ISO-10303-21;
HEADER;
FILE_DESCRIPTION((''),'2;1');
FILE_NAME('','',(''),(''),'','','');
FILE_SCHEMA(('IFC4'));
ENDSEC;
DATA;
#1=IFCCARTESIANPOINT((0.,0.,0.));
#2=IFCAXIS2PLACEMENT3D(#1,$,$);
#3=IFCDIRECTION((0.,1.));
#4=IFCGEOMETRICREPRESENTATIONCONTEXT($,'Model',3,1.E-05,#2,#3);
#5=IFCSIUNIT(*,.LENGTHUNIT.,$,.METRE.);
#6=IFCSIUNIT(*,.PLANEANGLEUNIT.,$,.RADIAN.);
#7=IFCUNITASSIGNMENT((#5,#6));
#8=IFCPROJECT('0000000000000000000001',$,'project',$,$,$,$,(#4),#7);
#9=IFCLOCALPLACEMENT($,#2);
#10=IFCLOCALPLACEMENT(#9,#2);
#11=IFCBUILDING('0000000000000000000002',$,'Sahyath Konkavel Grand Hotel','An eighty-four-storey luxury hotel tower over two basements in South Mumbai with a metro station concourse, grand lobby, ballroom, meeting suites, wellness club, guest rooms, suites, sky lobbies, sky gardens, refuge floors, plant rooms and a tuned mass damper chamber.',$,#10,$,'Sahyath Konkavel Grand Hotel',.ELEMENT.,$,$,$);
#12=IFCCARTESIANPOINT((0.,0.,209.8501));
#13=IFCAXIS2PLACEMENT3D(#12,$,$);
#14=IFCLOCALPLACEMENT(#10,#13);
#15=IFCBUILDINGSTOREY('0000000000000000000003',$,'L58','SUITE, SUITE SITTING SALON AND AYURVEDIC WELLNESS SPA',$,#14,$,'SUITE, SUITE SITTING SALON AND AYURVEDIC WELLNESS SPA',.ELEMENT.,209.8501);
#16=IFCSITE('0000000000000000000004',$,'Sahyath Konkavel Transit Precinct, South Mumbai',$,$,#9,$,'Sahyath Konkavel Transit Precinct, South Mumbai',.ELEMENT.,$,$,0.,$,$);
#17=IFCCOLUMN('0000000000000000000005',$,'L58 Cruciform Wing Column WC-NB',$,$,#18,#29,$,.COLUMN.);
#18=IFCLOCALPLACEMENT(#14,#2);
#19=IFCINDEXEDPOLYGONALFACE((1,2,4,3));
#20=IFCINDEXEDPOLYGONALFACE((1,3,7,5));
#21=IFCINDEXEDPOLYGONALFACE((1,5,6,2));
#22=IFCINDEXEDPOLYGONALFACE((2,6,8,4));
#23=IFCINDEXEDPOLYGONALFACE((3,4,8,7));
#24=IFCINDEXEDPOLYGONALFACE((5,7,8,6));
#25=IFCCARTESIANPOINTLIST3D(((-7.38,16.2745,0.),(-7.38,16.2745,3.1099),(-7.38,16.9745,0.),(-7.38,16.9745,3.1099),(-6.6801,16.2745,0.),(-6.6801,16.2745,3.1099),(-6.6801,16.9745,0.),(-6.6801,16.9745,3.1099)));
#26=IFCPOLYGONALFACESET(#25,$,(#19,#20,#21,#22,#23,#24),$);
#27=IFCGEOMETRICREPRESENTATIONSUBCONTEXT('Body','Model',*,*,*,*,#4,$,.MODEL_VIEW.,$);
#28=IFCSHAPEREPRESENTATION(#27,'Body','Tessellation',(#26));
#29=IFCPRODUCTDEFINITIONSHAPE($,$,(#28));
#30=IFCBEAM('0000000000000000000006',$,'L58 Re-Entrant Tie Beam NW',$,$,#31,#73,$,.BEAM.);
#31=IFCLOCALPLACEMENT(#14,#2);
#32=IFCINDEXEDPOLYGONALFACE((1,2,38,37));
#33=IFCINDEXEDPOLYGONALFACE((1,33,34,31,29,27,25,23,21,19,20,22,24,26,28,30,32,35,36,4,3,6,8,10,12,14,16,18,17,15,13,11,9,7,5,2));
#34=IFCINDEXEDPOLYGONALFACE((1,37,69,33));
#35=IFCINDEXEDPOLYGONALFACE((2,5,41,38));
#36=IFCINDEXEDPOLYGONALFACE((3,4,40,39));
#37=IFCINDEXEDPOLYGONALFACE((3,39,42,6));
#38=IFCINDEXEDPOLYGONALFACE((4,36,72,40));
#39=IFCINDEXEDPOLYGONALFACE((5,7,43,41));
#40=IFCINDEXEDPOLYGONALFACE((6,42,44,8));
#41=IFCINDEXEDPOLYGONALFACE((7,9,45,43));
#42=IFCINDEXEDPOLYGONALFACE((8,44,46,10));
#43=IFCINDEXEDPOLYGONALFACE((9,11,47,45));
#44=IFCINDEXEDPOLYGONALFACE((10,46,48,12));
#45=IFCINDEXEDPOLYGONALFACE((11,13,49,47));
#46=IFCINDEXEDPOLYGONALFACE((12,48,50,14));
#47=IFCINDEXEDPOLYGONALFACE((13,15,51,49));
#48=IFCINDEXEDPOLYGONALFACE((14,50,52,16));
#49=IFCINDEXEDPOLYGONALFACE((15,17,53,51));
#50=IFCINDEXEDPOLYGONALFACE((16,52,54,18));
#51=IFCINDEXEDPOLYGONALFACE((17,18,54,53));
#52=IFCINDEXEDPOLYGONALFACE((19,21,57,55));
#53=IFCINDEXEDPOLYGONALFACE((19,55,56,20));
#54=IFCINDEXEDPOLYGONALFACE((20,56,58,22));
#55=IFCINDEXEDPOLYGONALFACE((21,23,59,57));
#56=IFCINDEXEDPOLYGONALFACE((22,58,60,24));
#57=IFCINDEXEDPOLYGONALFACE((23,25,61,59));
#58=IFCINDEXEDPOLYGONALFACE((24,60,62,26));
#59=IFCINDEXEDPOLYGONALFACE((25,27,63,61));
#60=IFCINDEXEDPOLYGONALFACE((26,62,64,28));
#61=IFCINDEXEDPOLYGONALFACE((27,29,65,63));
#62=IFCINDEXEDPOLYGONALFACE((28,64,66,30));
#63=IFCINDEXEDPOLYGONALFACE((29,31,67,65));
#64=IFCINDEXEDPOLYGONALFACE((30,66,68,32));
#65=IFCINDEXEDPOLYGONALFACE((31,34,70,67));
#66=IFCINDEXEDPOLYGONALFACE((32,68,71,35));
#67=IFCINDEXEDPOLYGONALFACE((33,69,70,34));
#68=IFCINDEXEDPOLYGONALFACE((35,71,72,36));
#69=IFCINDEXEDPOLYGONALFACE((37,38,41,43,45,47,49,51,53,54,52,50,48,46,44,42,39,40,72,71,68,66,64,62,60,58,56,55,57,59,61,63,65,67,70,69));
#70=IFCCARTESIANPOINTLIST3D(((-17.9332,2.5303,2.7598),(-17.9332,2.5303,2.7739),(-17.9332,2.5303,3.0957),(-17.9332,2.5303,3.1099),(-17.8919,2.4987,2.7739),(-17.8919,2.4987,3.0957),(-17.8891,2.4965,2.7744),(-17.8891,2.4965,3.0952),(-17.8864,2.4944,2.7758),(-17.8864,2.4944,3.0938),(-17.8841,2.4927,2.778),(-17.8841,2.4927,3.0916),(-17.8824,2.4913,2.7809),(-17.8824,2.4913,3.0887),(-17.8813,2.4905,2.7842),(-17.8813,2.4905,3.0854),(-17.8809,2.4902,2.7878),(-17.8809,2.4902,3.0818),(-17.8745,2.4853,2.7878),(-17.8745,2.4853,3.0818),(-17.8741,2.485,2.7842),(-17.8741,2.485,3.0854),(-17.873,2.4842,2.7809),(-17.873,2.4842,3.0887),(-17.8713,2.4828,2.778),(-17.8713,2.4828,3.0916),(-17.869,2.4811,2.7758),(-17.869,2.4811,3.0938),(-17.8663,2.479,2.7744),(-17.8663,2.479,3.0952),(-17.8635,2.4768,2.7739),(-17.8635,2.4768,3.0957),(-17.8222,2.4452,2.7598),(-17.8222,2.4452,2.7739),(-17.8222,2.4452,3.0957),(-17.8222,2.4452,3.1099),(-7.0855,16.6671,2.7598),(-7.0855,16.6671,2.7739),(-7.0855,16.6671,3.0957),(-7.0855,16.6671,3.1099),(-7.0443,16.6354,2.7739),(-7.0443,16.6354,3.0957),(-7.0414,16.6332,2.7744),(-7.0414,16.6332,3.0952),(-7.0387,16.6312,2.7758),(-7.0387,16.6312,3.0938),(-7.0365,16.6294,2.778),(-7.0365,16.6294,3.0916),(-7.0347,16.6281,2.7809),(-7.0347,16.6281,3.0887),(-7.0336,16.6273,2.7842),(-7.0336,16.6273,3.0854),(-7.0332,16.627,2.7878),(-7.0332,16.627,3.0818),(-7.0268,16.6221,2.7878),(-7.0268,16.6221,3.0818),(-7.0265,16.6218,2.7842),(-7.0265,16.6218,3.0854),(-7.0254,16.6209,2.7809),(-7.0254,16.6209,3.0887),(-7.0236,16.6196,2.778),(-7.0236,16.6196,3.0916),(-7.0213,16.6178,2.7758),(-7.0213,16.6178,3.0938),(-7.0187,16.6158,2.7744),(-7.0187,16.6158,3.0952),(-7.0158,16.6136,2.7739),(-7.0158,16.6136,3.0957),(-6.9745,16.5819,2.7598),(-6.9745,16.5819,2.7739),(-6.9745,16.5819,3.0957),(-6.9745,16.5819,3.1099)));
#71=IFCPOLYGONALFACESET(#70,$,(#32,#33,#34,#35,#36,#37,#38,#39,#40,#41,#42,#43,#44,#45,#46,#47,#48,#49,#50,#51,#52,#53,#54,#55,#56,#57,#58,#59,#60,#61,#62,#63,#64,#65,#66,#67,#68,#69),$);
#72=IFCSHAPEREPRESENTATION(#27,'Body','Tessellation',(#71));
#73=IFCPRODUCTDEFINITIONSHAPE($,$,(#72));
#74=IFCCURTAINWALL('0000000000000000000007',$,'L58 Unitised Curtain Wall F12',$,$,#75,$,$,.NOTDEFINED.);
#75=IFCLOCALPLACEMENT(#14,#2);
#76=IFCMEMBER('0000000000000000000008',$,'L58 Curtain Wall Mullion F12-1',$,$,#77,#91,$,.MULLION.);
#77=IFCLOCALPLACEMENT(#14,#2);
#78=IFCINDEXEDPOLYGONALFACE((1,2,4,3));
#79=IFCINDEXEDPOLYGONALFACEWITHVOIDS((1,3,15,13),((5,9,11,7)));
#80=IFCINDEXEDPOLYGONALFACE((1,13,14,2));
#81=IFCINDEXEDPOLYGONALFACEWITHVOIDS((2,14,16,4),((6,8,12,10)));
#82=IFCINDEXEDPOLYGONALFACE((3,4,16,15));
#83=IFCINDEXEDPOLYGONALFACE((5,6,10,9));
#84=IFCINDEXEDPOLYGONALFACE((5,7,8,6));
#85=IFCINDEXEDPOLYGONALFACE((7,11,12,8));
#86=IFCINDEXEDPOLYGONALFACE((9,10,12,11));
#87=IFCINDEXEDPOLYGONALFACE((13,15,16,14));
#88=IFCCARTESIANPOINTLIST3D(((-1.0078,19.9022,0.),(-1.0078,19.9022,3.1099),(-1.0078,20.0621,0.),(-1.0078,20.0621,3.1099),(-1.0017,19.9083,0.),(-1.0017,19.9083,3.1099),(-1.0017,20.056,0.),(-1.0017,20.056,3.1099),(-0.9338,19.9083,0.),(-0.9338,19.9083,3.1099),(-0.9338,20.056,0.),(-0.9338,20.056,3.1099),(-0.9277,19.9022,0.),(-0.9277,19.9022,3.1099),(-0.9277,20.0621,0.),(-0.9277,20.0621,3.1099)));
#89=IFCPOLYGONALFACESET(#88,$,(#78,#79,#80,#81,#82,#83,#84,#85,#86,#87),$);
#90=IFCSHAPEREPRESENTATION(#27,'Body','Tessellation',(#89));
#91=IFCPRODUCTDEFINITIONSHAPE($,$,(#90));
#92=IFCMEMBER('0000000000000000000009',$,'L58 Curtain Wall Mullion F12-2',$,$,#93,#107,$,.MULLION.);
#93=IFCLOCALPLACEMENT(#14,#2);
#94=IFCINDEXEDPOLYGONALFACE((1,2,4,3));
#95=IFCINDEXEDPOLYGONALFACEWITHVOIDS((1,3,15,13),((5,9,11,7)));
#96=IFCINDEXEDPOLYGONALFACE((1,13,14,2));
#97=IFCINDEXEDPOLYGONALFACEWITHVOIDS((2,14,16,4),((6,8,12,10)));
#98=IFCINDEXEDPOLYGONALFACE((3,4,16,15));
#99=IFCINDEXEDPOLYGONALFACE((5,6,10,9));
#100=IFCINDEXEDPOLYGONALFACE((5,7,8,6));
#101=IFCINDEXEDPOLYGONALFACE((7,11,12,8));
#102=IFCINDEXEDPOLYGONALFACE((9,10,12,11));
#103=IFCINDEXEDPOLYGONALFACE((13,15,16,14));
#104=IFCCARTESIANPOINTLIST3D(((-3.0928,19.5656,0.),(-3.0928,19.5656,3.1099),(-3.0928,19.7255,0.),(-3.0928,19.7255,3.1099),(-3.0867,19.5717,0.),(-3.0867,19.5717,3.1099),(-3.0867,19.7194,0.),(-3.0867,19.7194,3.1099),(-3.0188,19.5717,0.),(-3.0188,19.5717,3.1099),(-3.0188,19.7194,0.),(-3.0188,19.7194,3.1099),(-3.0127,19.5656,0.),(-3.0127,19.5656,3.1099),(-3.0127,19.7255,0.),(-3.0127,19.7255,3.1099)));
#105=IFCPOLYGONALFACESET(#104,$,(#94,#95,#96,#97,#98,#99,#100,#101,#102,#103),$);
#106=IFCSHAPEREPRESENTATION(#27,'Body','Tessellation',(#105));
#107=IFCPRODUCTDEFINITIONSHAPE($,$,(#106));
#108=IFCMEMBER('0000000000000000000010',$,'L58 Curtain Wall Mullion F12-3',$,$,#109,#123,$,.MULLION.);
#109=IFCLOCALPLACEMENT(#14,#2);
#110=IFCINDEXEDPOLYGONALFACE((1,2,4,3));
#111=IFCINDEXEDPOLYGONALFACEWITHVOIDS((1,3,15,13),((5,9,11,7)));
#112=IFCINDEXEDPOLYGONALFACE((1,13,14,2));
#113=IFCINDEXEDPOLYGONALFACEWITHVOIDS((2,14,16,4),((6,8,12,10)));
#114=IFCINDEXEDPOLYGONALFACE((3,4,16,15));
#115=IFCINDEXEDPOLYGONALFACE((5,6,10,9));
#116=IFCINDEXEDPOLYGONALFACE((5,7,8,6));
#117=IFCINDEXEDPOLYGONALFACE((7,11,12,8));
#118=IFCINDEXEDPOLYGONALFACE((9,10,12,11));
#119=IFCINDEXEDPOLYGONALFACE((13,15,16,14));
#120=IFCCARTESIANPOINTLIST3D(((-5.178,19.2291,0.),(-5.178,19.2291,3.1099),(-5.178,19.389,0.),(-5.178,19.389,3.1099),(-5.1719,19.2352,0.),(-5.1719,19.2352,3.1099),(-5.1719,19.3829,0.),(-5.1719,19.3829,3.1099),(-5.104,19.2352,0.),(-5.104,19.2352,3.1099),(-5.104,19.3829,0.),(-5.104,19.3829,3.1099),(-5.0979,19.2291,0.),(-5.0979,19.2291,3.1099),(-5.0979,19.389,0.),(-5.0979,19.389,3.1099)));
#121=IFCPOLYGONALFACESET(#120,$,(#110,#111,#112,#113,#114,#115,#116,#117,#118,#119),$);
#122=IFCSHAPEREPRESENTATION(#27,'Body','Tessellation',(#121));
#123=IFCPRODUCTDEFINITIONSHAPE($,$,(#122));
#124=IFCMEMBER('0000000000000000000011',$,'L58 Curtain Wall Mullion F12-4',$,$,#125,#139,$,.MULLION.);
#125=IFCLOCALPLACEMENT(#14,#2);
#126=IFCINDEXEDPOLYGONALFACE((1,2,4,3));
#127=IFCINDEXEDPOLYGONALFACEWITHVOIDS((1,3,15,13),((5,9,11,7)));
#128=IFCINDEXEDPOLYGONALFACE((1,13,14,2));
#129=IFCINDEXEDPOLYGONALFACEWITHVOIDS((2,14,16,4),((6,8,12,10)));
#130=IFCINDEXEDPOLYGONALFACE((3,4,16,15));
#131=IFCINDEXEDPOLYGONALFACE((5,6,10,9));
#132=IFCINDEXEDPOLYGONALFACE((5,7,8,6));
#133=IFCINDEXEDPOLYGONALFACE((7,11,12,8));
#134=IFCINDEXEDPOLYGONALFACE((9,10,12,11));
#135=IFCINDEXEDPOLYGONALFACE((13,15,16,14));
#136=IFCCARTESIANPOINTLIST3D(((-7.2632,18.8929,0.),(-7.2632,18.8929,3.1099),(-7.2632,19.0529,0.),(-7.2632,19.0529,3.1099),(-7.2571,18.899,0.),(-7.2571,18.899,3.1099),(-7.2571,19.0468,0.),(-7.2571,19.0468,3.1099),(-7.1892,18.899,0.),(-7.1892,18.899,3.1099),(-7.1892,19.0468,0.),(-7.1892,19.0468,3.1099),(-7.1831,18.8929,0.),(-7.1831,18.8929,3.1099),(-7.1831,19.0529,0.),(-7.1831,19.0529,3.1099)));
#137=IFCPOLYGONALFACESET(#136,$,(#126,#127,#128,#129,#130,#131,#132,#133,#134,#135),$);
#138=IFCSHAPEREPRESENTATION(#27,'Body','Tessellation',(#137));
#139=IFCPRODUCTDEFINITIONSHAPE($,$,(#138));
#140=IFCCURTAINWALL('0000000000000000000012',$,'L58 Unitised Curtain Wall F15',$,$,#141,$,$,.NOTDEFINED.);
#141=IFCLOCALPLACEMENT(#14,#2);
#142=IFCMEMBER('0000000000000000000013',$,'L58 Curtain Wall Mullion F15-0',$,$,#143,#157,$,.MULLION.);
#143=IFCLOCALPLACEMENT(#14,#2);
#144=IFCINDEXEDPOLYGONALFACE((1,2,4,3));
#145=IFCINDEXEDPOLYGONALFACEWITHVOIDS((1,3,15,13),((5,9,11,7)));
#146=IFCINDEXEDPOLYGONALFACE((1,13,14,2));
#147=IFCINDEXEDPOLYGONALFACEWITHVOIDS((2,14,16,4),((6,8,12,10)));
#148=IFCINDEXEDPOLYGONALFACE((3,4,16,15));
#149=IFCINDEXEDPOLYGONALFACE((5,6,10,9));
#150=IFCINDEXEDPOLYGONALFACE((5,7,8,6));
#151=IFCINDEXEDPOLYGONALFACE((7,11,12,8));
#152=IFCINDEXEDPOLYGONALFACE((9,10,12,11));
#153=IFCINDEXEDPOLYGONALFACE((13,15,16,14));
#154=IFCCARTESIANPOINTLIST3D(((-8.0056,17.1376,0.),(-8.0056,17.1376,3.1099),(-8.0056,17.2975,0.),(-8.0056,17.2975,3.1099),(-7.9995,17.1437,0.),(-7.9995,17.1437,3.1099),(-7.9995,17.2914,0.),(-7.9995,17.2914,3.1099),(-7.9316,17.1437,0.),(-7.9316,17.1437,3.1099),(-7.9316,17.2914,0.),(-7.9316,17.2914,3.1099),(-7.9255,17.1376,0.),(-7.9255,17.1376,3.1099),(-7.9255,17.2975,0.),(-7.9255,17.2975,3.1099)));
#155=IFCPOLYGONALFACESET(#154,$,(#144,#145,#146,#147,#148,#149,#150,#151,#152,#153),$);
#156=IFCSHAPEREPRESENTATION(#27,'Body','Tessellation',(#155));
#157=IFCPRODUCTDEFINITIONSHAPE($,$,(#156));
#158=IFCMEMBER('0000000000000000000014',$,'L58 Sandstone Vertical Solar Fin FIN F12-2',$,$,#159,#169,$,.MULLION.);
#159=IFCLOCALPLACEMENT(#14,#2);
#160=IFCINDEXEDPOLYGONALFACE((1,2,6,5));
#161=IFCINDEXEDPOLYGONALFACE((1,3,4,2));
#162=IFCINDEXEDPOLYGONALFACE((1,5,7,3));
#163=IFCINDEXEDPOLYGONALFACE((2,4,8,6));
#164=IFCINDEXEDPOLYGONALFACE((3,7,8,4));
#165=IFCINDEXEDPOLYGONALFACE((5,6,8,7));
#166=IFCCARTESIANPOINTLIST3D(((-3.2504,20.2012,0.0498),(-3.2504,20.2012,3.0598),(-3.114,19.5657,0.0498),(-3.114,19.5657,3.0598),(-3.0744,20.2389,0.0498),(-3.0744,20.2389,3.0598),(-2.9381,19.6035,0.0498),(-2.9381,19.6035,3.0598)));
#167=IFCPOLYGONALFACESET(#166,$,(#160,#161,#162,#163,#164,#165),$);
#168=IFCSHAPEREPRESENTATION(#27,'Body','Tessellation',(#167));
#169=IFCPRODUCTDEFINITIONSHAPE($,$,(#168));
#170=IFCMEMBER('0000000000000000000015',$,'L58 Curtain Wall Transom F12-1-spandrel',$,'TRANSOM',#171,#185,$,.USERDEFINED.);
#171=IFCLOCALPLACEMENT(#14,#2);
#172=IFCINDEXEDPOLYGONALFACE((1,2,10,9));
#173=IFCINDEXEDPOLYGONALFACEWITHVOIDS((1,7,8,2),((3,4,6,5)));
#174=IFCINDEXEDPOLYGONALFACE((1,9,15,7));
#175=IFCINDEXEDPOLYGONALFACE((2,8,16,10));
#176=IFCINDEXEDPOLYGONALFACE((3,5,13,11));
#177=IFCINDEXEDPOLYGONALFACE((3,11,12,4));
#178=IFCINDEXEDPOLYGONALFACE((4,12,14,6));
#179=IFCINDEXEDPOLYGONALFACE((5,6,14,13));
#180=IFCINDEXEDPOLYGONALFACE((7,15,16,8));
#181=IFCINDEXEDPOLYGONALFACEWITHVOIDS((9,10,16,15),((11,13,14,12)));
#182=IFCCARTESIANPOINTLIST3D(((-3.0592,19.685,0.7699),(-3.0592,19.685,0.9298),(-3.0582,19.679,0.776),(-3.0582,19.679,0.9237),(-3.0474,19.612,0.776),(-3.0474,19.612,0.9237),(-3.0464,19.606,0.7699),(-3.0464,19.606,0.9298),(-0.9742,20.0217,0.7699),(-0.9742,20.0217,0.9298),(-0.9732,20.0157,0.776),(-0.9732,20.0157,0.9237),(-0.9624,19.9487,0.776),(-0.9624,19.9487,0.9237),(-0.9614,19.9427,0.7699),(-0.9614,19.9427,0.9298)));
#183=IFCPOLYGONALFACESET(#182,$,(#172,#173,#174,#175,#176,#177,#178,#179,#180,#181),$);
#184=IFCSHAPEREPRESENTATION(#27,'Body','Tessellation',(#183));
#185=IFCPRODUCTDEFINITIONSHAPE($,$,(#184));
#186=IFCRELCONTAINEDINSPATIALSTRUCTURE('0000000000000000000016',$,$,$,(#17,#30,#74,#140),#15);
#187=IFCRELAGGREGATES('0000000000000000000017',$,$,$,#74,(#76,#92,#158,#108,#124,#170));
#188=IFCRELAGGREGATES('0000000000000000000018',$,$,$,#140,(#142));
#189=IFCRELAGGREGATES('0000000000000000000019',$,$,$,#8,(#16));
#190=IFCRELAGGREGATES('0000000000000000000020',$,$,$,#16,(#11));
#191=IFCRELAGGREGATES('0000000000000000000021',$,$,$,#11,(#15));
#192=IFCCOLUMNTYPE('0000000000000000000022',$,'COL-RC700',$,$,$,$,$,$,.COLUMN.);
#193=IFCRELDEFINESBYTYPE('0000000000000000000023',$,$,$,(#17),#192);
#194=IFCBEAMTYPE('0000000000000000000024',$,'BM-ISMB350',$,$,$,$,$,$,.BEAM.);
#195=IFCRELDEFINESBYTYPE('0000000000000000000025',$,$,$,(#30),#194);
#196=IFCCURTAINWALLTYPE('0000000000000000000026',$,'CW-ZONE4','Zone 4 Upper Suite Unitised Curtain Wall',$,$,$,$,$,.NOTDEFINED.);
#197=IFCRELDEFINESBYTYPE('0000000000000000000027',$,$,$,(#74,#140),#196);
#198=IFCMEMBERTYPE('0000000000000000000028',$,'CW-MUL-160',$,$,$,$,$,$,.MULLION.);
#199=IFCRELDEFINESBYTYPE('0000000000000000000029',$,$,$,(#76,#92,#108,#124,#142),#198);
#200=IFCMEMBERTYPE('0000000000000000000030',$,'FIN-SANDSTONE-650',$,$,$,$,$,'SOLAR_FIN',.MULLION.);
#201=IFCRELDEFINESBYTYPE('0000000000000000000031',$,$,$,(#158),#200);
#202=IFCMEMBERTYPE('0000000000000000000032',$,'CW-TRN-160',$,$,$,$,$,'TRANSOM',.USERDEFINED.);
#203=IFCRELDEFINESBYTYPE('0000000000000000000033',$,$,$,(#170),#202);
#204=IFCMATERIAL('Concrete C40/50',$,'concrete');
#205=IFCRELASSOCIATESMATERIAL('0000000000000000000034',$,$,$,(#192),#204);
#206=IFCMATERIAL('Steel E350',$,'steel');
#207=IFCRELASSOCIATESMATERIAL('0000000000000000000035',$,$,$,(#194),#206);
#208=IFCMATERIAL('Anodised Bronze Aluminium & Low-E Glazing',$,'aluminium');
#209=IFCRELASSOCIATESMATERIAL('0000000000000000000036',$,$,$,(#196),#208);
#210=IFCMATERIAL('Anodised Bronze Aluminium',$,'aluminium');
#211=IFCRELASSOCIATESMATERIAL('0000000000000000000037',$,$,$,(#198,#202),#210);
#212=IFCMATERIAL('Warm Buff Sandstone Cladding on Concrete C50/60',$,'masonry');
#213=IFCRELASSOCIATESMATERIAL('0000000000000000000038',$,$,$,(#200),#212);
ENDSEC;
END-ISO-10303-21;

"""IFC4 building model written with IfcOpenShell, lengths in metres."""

from ifc_helpers import new_model, si_unit, direction, frame, origin, origin_2d, place, context, subcontext, project, spatial, rectangle, hollow_rectangle, i_section, extrude, source, transform, mapped, material, material_profile, profile_set, type_object, element, aggregate, save


model = new_model("IFC4")

# Units and contexts
model_context = context("Model", 3, precision=1e-05, world=origin(), true_north=direction((0.0, 1.0)))
body_context = subcontext(model_context, "Body", "Model", "MODEL_VIEW")
ifc_project = project(units=[si_unit("LENGTHUNIT", "METRE"), si_unit("PLANEANGLEUNIT", "RADIAN")], contexts=[model_context])

# Site, building, storey
site_placement = place(None, origin())
site = spatial("IfcSite", under=ifc_project, at=site_placement, Name="Sahyath Konkavel Transit Precinct, South Mumbai", LongName="Sahyath Konkavel Transit Precinct, South Mumbai", CompositionType="ELEMENT", RefElevation=0.0)
building_placement = place(site_placement, origin())
building = spatial("IfcBuilding", under=site, at=building_placement, Name="Sahyath Konkavel Grand Hotel", Description="An eighty-four-storey luxury hotel tower over two basements in South Mumbai with a metro station concourse, grand lobby, ballroom, meeting suites, wellness club, guest rooms, suites, sky lobbies, sky gardens, refuge floors, plant rooms and a tuned mass damper chamber.", LongName="Sahyath Konkavel Grand Hotel", CompositionType="ELEMENT")
storey_placement = place(building_placement, frame((0.0, 0.0, 209.8501)))
storey = spatial("IfcBuildingStorey", under=building, at=storey_placement, Name="L58", Description="SUITE, SUITE SITTING SALON AND AYURVEDIC WELLNESS SPA", LongName="SUITE, SUITE SITTING SALON AND AYURVEDIC WELLNESS SPA", CompositionType="ELEMENT", Elevation=209.8501)

# Column
ifc_material_1 = material(Name="Concrete C40/50", Category="concrete")
ifc_material_profile_1 = material_profile(ifc_material_1, rectangle(XDim=0.7, YDim=0.7, at=origin_2d()), Name="RC 700x700")
ifc_profile_set_1 = profile_set([ifc_material_profile_1], Name="Concrete C40/50")
column_type = type_object("IfcColumnType", Name="COL-RC700", PredefinedType="COLUMN", material=ifc_profile_set_1)
shared_shape_1 = source(origin(), body_context, "Body", "SweptSolid", [
    extrude(rectangle(XDim=0.7, YDim=0.7, at=origin_2d()), origin(), (0.0, 0.0, 1.0), 3.1099),
])
column_placement = place(storey_placement, frame((-7.03, 16.6245, 0.0), z_axis=(0.0, 0.0, 1.0), x_axis=(1.0, 0.0, 0.0)))
element("IfcColumn", 1, at=column_placement, inside=storey, type_object=column_type, Name="L58 Cruciform Wing Column WC-NB", PredefinedType="COLUMN", context=body_context, shape_type="MappedRepresentation", body=[
    mapped(shared_shape_1, transform((0.0, 0.0, 0.0), scale=1.0)),
])

# Beam
ifc_material_2 = material(Name="Steel E350", Category="steel")
ifc_material_profile_2 = material_profile(ifc_material_2, i_section(OverallWidth=0.1399, OverallDepth=0.3501, WebThickness=0.0081, FlangeThickness=0.0142, FilletRadius=0.0139, at=origin_2d()), Name="ISMB 350")
ifc_profile_set_2 = profile_set([ifc_material_profile_2], Name="Steel E350")
beam_type = type_object("IfcBeamType", Name="BM-ISMB350", PredefinedType="BEAM", material=ifc_profile_set_2)
shared_shape_2 = source(origin(), body_context, "Body", "SweptSolid", [
    extrude(i_section(OverallWidth=0.1399, OverallDepth=0.3501, WebThickness=0.0081, FlangeThickness=0.0142, FilletRadius=0.0139, at=origin_2d()), origin(), (0.0, 0.0, 1.0), 17.8191),
])
beam_placement = place(storey_placement, frame((-7.03, 16.6245, 2.9348), z_axis=(-0.608767, -0.793349, 0.0), x_axis=(0.793349, -0.608767, 0.0)))
element("IfcBeam", 2, at=beam_placement, inside=storey, type_object=beam_type, Name="L58 Re-Entrant Tie Beam NW", PredefinedType="BEAM", context=body_context, shape_type="MappedRepresentation", body=[
    mapped(shared_shape_2, transform((0.0, 0.0, 0.0), scale=1.0)),
])

# Curtain wall, members
ifc_material_3 = material(Name="Anodised Bronze Aluminium & Low-E Glazing", Category="aluminium")
curtain_wall_type = type_object("IfcCurtainWallType", Name="CW-ZONE4", Description="Zone 4 Upper Suite Unitised Curtain Wall", PredefinedType="NOTDEFINED", material=ifc_material_3)
curtain_wall_1_placement = place(storey_placement, origin())
curtain_wall_1 = element("IfcCurtainWall", 3, at=curtain_wall_1_placement, inside=storey, type_object=curtain_wall_type, Name="L58 Unitised Curtain Wall F12", PredefinedType="NOTDEFINED")
ifc_material_4 = material(Name="Anodised Bronze Aluminium", Category="aluminium")
ifc_material_profile_3 = material_profile(ifc_material_4, hollow_rectangle(XDim=0.0801, YDim=0.1599, WallThickness=0.0061, at=origin_2d()), Name="RHS 160x80x6")
ifc_profile_set_3 = profile_set([ifc_material_profile_3], Name="Anodised Bronze Aluminium")
member_type_1 = type_object("IfcMemberType", Name="CW-MUL-160", PredefinedType="MULLION", material=ifc_profile_set_3)
shared_shape_3 = source(origin(), body_context, "Body", "SweptSolid", [
    extrude(hollow_rectangle(XDim=0.0801, YDim=0.1599, WallThickness=0.0061, at=origin_2d()), origin(), (0.0, 0.0, 1.0), 3.1099),
])
member_1_placement = place(storey_placement, frame((-0.9678, 19.9822, 0.0), z_axis=(0.0, 0.0, 1.0), x_axis=(1.0, 0.0, 0.0)))
member_1 = element("IfcMember", 4, at=member_1_placement, type_object=member_type_1, Name="L58 Curtain Wall Mullion F12-1", PredefinedType="MULLION", context=body_context, shape_type="MappedRepresentation", body=[
    mapped(shared_shape_3, transform((0.0, 0.0, 0.0), scale=1.0)),
])
member_2_placement = place(storey_placement, frame((-3.0527, 19.6455, 0.0), z_axis=(0.0, 0.0, 1.0), x_axis=(1.0, 0.0, 0.0)))
member_2 = element("IfcMember", 5, at=member_2_placement, type_object=member_type_1, Name="L58 Curtain Wall Mullion F12-2", PredefinedType="MULLION", context=body_context, shape_type="MappedRepresentation", body=[
    mapped(shared_shape_3, transform((0.0, 0.0, 0.0), scale=1.0)),
])
member_3_placement = place(storey_placement, frame((-5.1379, 19.3091, 0.0), z_axis=(0.0, 0.0, 1.0), x_axis=(1.0, 0.0, 0.0)))
member_3 = element("IfcMember", 6, at=member_3_placement, type_object=member_type_1, Name="L58 Curtain Wall Mullion F12-3", PredefinedType="MULLION", context=body_context, shape_type="MappedRepresentation", body=[
    mapped(shared_shape_3, transform((0.0, 0.0, 0.0), scale=1.0)),
])
member_4_placement = place(storey_placement, frame((-7.2231, 18.9729, 0.0), z_axis=(0.0, 0.0, 1.0), x_axis=(1.0, 0.0, 0.0)))
member_4 = element("IfcMember", 7, at=member_4_placement, type_object=member_type_1, Name="L58 Curtain Wall Mullion F12-4", PredefinedType="MULLION", context=body_context, shape_type="MappedRepresentation", body=[
    mapped(shared_shape_3, transform((0.0, 0.0, 0.0), scale=1.0)),
])

# Curtain wall, member
curtain_wall_2_placement = place(storey_placement, origin())
curtain_wall_2 = element("IfcCurtainWall", 8, at=curtain_wall_2_placement, inside=storey, type_object=curtain_wall_type, Name="L58 Unitised Curtain Wall F15", PredefinedType="NOTDEFINED")
member_5_placement = place(storey_placement, frame((-7.9656, 17.2175, 0.0), z_axis=(0.0, 0.0, 1.0), x_axis=(1.0, 0.0, 0.0)))
member_5 = element("IfcMember", 9, at=member_5_placement, type_object=member_type_1, Name="L58 Curtain Wall Mullion F15-0", PredefinedType="MULLION", context=body_context, shape_type="MappedRepresentation", body=[
    mapped(shared_shape_3, transform((0.0, 0.0, 0.0), scale=1.0)),
])

# Members
ifc_material_5 = material(Name="Warm Buff Sandstone Cladding on Concrete C50/60", Category="masonry")
ifc_material_profile_4 = material_profile(ifc_material_5, rectangle(XDim=0.1799, YDim=0.6499, at=origin_2d()), Name="FIN 180x650")
ifc_profile_set_4 = profile_set([ifc_material_profile_4], Name="Warm Buff Sandstone Cladding on Concrete C50/60")
member_type_2 = type_object("IfcMemberType", Name="FIN-SANDSTONE-650", ElementType="SOLAR_FIN", PredefinedType="MULLION", material=ifc_profile_set_4)
shared_shape_4 = source(origin(), body_context, "Body", "SweptSolid", [
    extrude(rectangle(XDim=0.1799, YDim=0.6499, at=origin_2d()), origin(), (0.0, 0.0, 1.0), 3.01),
])
member_6_placement = place(storey_placement, frame((-3.0942, 19.9023, 0.0498), z_axis=(0.0, 0.0, 1.0), x_axis=(0.977747, 0.209789, 0.0)))
member_6 = element("IfcMember", 10, at=member_6_placement, type_object=member_type_2, Name="L58 Sandstone Vertical Solar Fin FIN F12-2", PredefinedType="MULLION", context=body_context, shape_type="MappedRepresentation", body=[
    mapped(shared_shape_4, transform((0.0, 0.0, 0.0), scale=1.0)),
])
ifc_material_profile_5 = material_profile(ifc_material_4, hollow_rectangle(XDim=0.0801, YDim=0.1599, WallThickness=0.0061, at=origin_2d()), Name="RHS 160x80x6")
ifc_profile_set_5 = profile_set([ifc_material_profile_5], Name="Anodised Bronze Aluminium")
member_type_3 = type_object("IfcMemberType", Name="CW-TRN-160", ElementType="TRANSOM", PredefinedType="USERDEFINED", material=ifc_profile_set_5)
shared_shape_5 = source(origin(), body_context, "Body", "SweptSolid", [
    extrude(hollow_rectangle(XDim=0.0801, YDim=0.1599, WallThickness=0.0061, at=origin_2d()), origin(), (0.0, 0.0, 1.0), 2.1121),
])
member_7_placement = place(storey_placement, frame((-0.9678, 19.9822, 0.8499), z_axis=(-0.987212, -0.159411, 0.0), x_axis=(0.159411, -0.987212, 0.0)))
member_7 = element("IfcMember", 11, at=member_7_placement, type_object=member_type_3, Name="L58 Curtain Wall Transom F12-1-spandrel", ObjectType="TRANSOM", PredefinedType="USERDEFINED", context=body_context, shape_type="MappedRepresentation", body=[
    mapped(shared_shape_5, transform((0.0, 0.0, 0.0), scale=1.0)),
])

aggregate(curtain_wall_1, [member_1, member_2, member_6, member_3, member_4, member_7])
aggregate(curtain_wall_2, [member_5])

save(model, "model.ifc")
